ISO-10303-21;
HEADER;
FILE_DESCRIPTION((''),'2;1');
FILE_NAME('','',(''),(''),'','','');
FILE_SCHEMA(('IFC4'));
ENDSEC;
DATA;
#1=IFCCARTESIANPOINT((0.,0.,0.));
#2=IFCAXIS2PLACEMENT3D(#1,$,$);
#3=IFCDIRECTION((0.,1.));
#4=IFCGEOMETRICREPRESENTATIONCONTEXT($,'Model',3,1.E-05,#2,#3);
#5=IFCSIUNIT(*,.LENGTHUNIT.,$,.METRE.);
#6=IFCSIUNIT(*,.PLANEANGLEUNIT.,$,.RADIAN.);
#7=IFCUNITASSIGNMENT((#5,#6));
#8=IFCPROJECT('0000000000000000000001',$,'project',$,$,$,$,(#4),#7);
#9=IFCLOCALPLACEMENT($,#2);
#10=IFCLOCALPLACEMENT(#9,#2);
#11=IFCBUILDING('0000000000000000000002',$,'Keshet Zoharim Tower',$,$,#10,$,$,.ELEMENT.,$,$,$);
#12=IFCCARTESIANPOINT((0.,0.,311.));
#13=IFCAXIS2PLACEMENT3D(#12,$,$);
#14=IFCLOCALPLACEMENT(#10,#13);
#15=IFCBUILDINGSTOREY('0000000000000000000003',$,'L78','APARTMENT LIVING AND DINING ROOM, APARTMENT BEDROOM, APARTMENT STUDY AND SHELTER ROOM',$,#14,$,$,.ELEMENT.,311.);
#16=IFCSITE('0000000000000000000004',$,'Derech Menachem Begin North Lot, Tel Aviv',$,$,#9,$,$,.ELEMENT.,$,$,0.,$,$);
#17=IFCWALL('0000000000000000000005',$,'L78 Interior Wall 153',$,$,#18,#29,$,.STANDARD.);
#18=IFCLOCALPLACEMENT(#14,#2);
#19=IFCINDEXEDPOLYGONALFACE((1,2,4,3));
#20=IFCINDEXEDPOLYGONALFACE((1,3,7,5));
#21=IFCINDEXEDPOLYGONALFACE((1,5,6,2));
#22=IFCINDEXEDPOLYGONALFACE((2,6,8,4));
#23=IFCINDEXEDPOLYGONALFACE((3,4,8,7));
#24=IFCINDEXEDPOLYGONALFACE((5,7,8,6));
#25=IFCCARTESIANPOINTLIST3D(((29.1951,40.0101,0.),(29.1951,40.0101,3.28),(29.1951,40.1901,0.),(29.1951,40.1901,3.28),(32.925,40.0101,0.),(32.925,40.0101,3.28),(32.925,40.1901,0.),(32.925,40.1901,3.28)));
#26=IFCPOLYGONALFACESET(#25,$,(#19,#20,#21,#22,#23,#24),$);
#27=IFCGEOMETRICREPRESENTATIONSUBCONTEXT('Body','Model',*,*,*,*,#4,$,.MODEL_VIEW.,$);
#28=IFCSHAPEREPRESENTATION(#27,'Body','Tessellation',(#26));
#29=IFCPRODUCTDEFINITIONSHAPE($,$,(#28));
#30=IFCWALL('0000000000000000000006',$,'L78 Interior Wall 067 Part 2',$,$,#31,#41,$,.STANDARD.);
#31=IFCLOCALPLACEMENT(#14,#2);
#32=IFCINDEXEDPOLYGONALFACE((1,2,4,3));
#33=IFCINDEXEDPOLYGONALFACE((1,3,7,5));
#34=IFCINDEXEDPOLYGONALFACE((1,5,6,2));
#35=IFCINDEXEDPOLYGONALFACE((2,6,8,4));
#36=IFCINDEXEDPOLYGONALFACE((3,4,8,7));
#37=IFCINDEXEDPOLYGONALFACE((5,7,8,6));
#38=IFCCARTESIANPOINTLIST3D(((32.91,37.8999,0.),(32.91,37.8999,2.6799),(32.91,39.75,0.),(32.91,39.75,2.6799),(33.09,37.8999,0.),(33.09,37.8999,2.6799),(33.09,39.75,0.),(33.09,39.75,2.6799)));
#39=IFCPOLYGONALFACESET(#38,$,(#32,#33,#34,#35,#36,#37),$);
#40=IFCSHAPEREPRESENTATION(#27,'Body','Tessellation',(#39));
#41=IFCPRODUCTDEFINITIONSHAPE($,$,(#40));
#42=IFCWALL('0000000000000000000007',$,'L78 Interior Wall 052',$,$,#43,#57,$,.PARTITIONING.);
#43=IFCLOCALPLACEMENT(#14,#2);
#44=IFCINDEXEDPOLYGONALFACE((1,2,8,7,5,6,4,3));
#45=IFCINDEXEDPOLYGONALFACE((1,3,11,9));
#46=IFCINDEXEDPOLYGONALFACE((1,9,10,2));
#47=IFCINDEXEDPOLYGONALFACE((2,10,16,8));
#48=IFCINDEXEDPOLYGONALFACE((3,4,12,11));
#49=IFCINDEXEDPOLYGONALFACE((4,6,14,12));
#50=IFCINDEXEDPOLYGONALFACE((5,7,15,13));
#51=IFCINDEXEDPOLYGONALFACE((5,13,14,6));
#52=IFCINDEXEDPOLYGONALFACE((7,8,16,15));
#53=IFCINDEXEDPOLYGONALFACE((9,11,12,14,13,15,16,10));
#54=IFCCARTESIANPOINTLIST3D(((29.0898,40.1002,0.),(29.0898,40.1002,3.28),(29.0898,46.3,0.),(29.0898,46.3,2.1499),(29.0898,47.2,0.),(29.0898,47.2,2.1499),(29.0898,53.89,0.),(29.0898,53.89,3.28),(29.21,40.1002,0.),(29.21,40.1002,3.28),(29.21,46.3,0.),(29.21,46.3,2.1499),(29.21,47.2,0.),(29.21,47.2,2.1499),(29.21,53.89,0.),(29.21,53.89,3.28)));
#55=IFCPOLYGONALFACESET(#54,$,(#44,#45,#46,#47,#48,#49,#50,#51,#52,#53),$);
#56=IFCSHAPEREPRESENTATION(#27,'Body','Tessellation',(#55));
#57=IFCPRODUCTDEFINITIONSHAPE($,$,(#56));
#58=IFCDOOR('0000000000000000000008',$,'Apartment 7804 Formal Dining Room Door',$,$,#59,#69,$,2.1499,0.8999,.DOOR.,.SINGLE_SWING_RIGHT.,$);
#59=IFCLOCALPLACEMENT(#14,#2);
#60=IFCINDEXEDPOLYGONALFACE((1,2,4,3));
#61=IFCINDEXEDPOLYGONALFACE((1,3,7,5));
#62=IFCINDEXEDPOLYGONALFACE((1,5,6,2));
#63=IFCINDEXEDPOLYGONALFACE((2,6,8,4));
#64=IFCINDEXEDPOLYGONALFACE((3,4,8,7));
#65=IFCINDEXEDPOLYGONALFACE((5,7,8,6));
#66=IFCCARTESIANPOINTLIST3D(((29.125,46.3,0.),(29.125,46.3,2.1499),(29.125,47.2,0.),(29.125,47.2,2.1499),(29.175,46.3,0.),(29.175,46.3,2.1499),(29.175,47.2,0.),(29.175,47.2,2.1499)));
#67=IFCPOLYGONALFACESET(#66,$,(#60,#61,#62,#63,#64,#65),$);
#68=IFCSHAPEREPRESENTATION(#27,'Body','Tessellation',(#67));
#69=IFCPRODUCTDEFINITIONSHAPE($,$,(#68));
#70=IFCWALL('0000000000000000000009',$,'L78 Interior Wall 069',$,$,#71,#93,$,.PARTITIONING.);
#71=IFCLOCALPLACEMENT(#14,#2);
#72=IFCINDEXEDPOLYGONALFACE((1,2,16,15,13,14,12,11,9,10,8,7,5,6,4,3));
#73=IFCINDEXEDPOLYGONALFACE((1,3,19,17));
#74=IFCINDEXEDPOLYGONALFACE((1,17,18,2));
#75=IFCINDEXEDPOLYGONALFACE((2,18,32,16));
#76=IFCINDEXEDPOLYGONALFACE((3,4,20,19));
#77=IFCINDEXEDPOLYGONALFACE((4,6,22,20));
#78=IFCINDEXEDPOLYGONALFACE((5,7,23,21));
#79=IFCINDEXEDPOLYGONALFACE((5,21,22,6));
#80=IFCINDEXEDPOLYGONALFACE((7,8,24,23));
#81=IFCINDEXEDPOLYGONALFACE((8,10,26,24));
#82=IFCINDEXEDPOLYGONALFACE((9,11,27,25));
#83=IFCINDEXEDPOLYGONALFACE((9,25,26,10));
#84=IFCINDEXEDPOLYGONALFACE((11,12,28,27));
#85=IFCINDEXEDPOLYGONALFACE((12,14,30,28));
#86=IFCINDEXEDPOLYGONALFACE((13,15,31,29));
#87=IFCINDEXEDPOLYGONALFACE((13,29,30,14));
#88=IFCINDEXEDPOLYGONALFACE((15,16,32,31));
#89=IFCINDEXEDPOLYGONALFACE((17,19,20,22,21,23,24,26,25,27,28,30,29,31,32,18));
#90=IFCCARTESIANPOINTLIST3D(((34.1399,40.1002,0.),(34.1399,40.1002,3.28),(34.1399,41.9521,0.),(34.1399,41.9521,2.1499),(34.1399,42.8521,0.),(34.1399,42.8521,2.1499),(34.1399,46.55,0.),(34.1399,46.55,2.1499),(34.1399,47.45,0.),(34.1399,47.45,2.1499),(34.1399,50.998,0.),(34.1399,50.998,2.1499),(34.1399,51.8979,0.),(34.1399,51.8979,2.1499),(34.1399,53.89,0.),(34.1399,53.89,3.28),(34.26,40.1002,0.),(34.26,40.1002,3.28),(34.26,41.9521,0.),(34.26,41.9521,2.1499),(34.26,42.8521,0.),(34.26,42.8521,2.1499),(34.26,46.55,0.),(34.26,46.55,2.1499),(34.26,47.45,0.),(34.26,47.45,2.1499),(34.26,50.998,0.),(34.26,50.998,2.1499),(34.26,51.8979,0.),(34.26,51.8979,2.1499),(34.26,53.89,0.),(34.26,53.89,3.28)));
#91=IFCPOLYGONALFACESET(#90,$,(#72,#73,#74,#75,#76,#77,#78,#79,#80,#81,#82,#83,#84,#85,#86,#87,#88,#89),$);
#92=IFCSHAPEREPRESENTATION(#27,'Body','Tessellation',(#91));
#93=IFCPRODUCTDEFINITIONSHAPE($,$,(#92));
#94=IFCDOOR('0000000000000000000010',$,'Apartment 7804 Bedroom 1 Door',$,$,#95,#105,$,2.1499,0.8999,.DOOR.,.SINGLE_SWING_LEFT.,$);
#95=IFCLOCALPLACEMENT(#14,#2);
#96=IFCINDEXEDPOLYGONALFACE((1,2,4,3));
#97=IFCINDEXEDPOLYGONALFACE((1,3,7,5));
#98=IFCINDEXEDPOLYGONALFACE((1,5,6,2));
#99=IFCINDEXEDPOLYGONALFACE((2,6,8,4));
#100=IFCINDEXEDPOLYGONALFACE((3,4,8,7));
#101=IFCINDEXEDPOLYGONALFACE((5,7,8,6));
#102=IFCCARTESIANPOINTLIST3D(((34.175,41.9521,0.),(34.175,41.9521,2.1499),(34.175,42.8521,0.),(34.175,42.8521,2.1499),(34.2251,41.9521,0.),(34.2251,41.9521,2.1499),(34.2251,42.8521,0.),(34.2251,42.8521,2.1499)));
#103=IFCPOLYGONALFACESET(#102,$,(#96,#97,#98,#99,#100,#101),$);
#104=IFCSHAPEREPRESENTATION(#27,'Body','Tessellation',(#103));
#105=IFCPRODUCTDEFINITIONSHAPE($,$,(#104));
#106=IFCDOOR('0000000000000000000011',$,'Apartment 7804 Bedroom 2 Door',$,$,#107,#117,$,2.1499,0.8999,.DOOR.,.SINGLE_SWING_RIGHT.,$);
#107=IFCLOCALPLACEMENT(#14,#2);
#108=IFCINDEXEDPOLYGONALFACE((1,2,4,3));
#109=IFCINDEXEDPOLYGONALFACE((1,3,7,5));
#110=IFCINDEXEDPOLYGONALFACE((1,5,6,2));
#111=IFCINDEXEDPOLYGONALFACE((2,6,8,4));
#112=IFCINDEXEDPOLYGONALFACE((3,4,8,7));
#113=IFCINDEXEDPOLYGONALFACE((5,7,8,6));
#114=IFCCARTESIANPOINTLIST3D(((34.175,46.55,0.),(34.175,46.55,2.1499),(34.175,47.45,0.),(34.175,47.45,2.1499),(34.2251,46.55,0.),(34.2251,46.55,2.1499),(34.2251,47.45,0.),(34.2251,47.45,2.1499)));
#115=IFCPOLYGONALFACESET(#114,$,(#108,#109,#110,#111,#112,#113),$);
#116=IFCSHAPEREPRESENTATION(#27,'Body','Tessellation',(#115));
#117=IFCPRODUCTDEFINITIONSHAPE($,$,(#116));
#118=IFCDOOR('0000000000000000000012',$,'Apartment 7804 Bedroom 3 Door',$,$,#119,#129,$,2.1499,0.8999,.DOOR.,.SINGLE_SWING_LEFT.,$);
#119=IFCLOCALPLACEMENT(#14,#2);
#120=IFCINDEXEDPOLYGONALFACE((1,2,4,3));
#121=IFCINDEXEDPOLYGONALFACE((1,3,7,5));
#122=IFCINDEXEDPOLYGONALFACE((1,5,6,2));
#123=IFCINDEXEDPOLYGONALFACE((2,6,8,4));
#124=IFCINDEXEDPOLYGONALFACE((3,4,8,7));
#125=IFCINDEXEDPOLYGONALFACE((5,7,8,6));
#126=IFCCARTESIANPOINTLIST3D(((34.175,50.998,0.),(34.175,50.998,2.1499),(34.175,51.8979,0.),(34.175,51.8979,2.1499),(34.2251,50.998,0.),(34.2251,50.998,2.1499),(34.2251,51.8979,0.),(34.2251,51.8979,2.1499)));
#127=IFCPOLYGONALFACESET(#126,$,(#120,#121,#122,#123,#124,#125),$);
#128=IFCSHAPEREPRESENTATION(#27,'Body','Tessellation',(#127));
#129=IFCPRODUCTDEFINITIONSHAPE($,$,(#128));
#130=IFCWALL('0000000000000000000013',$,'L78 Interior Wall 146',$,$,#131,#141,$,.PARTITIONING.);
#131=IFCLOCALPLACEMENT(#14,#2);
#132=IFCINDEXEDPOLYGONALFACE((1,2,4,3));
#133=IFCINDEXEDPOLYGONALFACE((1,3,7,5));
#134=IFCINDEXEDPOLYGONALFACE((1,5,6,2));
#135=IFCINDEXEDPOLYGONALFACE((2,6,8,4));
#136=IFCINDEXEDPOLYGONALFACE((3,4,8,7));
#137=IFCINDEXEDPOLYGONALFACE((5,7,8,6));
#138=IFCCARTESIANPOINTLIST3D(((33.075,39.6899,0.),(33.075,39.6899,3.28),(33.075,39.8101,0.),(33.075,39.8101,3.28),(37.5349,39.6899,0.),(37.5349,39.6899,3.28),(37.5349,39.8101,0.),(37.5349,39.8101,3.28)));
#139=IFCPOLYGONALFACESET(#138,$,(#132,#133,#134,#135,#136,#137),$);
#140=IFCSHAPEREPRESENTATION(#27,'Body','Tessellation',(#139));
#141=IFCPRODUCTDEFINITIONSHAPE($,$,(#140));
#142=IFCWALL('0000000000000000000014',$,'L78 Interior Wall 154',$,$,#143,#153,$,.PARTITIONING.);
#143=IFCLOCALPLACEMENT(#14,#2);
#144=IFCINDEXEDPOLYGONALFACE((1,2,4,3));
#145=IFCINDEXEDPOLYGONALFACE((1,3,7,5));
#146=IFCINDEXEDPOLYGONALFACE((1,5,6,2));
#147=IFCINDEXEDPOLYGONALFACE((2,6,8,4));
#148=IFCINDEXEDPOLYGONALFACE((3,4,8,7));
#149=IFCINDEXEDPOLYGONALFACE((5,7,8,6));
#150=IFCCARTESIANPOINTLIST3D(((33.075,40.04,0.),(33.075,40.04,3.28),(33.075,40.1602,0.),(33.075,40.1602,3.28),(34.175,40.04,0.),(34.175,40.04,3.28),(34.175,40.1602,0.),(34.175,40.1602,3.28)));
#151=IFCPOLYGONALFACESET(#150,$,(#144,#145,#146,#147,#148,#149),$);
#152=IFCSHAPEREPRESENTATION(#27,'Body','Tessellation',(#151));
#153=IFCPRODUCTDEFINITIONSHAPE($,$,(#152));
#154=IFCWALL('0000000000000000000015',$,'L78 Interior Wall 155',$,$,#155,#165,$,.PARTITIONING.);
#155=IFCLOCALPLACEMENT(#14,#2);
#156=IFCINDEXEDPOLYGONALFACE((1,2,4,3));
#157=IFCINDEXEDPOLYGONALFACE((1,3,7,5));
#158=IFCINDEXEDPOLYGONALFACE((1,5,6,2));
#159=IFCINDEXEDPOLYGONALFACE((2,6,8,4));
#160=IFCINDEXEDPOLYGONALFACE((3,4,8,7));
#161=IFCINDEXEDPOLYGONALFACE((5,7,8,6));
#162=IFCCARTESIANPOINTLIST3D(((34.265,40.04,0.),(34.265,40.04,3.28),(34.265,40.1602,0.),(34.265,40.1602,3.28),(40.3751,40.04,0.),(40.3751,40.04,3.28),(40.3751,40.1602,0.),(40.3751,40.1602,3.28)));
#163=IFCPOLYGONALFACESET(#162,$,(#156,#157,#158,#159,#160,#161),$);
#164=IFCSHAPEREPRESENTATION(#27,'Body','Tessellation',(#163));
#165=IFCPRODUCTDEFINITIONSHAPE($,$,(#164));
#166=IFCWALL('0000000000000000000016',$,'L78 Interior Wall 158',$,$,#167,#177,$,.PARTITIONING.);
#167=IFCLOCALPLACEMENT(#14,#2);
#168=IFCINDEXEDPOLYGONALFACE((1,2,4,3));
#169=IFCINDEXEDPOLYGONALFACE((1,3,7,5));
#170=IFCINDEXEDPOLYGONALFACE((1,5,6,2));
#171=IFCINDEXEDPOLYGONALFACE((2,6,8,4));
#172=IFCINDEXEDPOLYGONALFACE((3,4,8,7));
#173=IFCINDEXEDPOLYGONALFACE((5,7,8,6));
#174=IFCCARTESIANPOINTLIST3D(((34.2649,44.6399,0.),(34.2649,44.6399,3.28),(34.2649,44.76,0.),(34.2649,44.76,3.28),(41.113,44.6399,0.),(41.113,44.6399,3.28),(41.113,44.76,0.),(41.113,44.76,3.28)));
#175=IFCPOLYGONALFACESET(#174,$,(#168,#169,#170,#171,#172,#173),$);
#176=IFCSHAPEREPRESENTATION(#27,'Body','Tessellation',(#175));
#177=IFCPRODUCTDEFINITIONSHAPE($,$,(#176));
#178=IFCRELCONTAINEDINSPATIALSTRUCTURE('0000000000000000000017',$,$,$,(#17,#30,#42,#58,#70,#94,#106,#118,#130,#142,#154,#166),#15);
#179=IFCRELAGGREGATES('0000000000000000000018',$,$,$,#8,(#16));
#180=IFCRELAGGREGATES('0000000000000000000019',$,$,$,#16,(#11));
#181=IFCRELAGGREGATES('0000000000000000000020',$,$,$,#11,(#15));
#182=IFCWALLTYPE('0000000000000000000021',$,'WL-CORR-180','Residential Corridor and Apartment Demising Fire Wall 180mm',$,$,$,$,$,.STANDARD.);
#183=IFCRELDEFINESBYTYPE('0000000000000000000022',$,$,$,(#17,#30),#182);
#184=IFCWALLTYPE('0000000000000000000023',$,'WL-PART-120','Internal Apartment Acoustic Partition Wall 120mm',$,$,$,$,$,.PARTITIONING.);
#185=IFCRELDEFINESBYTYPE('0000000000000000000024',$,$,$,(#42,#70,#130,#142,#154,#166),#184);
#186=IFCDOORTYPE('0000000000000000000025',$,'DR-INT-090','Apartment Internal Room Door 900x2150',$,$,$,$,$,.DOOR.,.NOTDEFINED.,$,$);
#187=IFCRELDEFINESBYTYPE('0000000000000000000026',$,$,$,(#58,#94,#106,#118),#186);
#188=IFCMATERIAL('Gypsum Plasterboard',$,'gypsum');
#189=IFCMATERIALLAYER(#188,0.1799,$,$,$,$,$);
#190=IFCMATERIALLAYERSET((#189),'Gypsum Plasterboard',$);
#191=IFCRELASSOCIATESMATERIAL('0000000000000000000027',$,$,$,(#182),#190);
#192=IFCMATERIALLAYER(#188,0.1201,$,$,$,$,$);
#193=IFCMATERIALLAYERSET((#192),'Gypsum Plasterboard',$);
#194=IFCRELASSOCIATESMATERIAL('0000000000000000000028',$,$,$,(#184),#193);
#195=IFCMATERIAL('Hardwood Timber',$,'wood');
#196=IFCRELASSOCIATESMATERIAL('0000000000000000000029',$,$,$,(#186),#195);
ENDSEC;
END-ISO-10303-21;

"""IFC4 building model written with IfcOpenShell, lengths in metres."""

from ifc_helpers import new_model, si_unit, direction, frame, frame_2d, origin, place, context, subcontext, project, spatial, rectangle, extrude, material, layer, layer_set, type_object, element, fill, save


model = new_model("IFC4")

# Units and contexts
model_context = context("Model", 3, precision=1e-05, world=origin(), true_north=direction((0.0, 1.0)))
body_context = subcontext(model_context, "Body", "Model", "MODEL_VIEW")
ifc_project = project(units=[si_unit("LENGTHUNIT", "METRE"), si_unit("PLANEANGLEUNIT", "RADIAN")], contexts=[model_context])

# Site, building, storey
site_placement = place(None, origin())
site = spatial("IfcSite", under=ifc_project, at=site_placement, Name="Derech Menachem Begin North Lot, Tel Aviv", CompositionType="ELEMENT", RefElevation=0.0)
building_placement = place(site_placement, origin())
building = spatial("IfcBuilding", under=site, at=building_placement, Name="Keshet Zoharim Tower", CompositionType="ELEMENT")
storey_placement = place(building_placement, frame((0.0, 0.0, 311.0)))
storey = spatial("IfcBuildingStorey", under=building, at=storey_placement, Name="L78", Description="APARTMENT LIVING AND DINING ROOM, APARTMENT BEDROOM, APARTMENT STUDY AND SHELTER ROOM", CompositionType="ELEMENT", Elevation=311.0)

# Walls
ifc_material_1 = material(Name="Gypsum Plasterboard", Category="gypsum")
ifc_layer_1 = layer(ifc_material_1, 0.1799)
ifc_layer_set_1 = layer_set([ifc_layer_1], Name="Gypsum Plasterboard")
wall_type_1 = type_object("IfcWallType", Name="WL-CORR-180", Description="Residential Corridor and Apartment Demising Fire Wall 180mm", PredefinedType="STANDARD", material=ifc_layer_set_1)
wall_1_placement = place(storey_placement, frame((29.1951, 40.1001, 0.0), z_axis=(0.0, 0.0, 1.0), x_axis=(1.0, 0.0, 0.0)))
element("IfcWall", 1, at=wall_1_placement, inside=storey, type_object=wall_type_1, Name="L78 Interior Wall 153", PredefinedType="STANDARD", context=body_context, shape_type="SweptSolid", body=[
    extrude(rectangle(XDim=3.73, YDim=0.1799, at=frame_2d((1.865, 0.0))), origin(), (0.0, 0.0, 1.0), 3.28),
])
wall_2_placement = place(storey_placement, frame((33.0, 37.8999, 0.0), z_axis=(0.0, 0.0, 1.0), x_axis=(0.0, 1.0, 0.0)))
element("IfcWall", 2, at=wall_2_placement, inside=storey, type_object=wall_type_1, Name="L78 Interior Wall 067 Part 2", PredefinedType="STANDARD", context=body_context, shape_type="SweptSolid", body=[
    extrude(rectangle(XDim=1.8501, YDim=0.1799, at=frame_2d((0.925, 0.0))), origin(), (0.0, 0.0, 1.0), 2.6799),
])

# Wall, opening, door
ifc_layer_2 = layer(ifc_material_1, 0.1201)
ifc_layer_set_2 = layer_set([ifc_layer_2], Name="Gypsum Plasterboard")
wall_type_2 = type_object("IfcWallType", Name="WL-PART-120", Description="Internal Apartment Acoustic Partition Wall 120mm", PredefinedType="PARTITIONING", material=ifc_layer_set_2)
wall_3_placement = place(storey_placement, frame((29.1499, 40.1001, 0.0), z_axis=(0.0, 0.0, 1.0), x_axis=(0.0, 1.0, 0.0)))
wall_3 = element("IfcWall", 3, at=wall_3_placement, inside=storey, type_object=wall_type_2, Name="L78 Interior Wall 052", PredefinedType="PARTITIONING", context=body_context, shape_type="SweptSolid", body=[
    extrude(rectangle(XDim=13.7898, YDim=0.1201, at=frame_2d((6.895, 0.0))), origin(), (0.0, 0.0, 1.0), 3.28),
])
opening_1_placement = place(wall_3_placement, frame((6.2, 0.0, 0.0)))
opening_1 = element("IfcOpeningElement", 4, at=opening_1_placement, cuts=wall_3, PredefinedType="OPENING", context=body_context, shape_type="SweptSolid", body=[
    extrude(rectangle(XDim=0.8999, YDim=2.1499, at=frame_2d((0.45, 1.075))), frame((0.0, 0.0701, 0.0), z_axis=(0.0, -1.0, 0.0), x_axis=(1.0, 0.0, 0.0)), (0.0, 0.0, 1.0), 0.1401),
])
ifc_material_2 = material(Name="Hardwood Timber", Category="wood")
door_type = type_object("IfcDoorType", Name="DR-INT-090", Description="Apartment Internal Room Door 900x2150", OperationType="NOTDEFINED", PredefinedType="DOOR", material=ifc_material_2)
door_1_placement = place(opening_1_placement, origin())
door_1 = element("IfcDoor", 5, at=door_1_placement, inside=storey, type_object=door_type, Name="Apartment 7804 Formal Dining Room Door", OperationType="SINGLE_SWING_RIGHT", OverallHeight=2.1499, OverallWidth=0.8999, PredefinedType="DOOR", context=body_context, shape_type="SweptSolid", body=[
    extrude(rectangle(XDim=0.8999, YDim=2.1499, at=frame_2d((0.45, 1.075))), frame((0.0, 0.0249, 0.0), z_axis=(0.0, -1.0, 0.0), x_axis=(1.0, 0.0, 0.0)), (0.0, 0.0, 1.0), 0.05),
])
fill(opening_1, door_1)

# Wall, openings, doors
wall_4_placement = place(storey_placement, frame((34.2, 40.1001, 0.0), z_axis=(0.0, 0.0, 1.0), x_axis=(0.0, 1.0, 0.0)))
wall_4 = element("IfcWall", 6, at=wall_4_placement, inside=storey, type_object=wall_type_2, Name="L78 Interior Wall 069", PredefinedType="PARTITIONING", context=body_context, shape_type="SweptSolid", body=[
    extrude(rectangle(XDim=13.7898, YDim=0.1201, at=frame_2d((6.895, 0.0))), origin(), (0.0, 0.0, 1.0), 3.28),
])
opening_2_placement = place(wall_4_placement, frame((1.8521, 0.0, 0.0)))
opening_2 = element("IfcOpeningElement", 7, at=opening_2_placement, cuts=wall_4, PredefinedType="OPENING", context=body_context, shape_type="SweptSolid", body=[
    extrude(rectangle(XDim=0.8999, YDim=2.1499, at=frame_2d((0.45, 1.075))), frame((0.0, 0.0701, 0.0), z_axis=(0.0, -1.0, 0.0), x_axis=(1.0, 0.0, 0.0)), (0.0, 0.0, 1.0), 0.1401),
])
opening_3_placement = place(wall_4_placement, frame((6.45, 0.0, 0.0)))
opening_3 = element("IfcOpeningElement", 8, at=opening_3_placement, cuts=wall_4, PredefinedType="OPENING", context=body_context, shape_type="SweptSolid", body=[
    extrude(rectangle(XDim=0.8999, YDim=2.1499, at=frame_2d((0.45, 1.075))), frame((0.0, 0.0701, 0.0), z_axis=(0.0, -1.0, 0.0), x_axis=(1.0, 0.0, 0.0)), (0.0, 0.0, 1.0), 0.1401),
])
opening_4_placement = place(wall_4_placement, frame((10.8979, 0.0, 0.0)))
opening_4 = element("IfcOpeningElement", 9, at=opening_4_placement, cuts=wall_4, PredefinedType="OPENING", context=body_context, shape_type="SweptSolid", body=[
    extrude(rectangle(XDim=0.8999, YDim=2.1499, at=frame_2d((0.45, 1.075))), frame((0.0, 0.0701, 0.0), z_axis=(0.0, -1.0, 0.0), x_axis=(1.0, 0.0, 0.0)), (0.0, 0.0, 1.0), 0.1401),
])
door_2_placement = place(opening_2_placement, origin())
door_2 = element("IfcDoor", 10, at=door_2_placement, inside=storey, type_object=door_type, Name="Apartment 7804 Bedroom 1 Door", OperationType="SINGLE_SWING_LEFT", OverallHeight=2.1499, OverallWidth=0.8999, PredefinedType="DOOR", context=body_context, shape_type="SweptSolid", body=[
    extrude(rectangle(XDim=0.8999, YDim=2.1499, at=frame_2d((0.45, 1.075))), frame((0.0, 0.0249, 0.0), z_axis=(0.0, -1.0, 0.0), x_axis=(1.0, 0.0, 0.0)), (0.0, 0.0, 1.0), 0.05),
])
fill(opening_2, door_2)
door_3_placement = place(opening_3_placement, origin())
door_3 = element("IfcDoor", 11, at=door_3_placement, inside=storey, type_object=door_type, Name="Apartment 7804 Bedroom 2 Door", OperationType="SINGLE_SWING_RIGHT", OverallHeight=2.1499, OverallWidth=0.8999, PredefinedType="DOOR", context=body_context, shape_type="SweptSolid", body=[
    extrude(rectangle(XDim=0.8999, YDim=2.1499, at=frame_2d((0.45, 1.075))), frame((0.0, 0.0249, 0.0), z_axis=(0.0, -1.0, 0.0), x_axis=(1.0, 0.0, 0.0)), (0.0, 0.0, 1.0), 0.05),
])
fill(opening_3, door_3)
door_4_placement = place(opening_4_placement, origin())
door_4 = element("IfcDoor", 12, at=door_4_placement, inside=storey, type_object=door_type, Name="Apartment 7804 Bedroom 3 Door", OperationType="SINGLE_SWING_LEFT", OverallHeight=2.1499, OverallWidth=0.8999, PredefinedType="DOOR", context=body_context, shape_type="SweptSolid", body=[
    extrude(rectangle(XDim=0.8999, YDim=2.1499, at=frame_2d((0.45, 1.075))), frame((0.0, 0.0249, 0.0), z_axis=(0.0, -1.0, 0.0), x_axis=(1.0, 0.0, 0.0)), (0.0, 0.0, 1.0), 0.05),
])
fill(opening_4, door_4)

# Walls
wall_5_placement = place(storey_placement, frame((33.075, 39.75, 0.0), z_axis=(0.0, 0.0, 1.0), x_axis=(1.0, 0.0, 0.0)))
element("IfcWall", 13, at=wall_5_placement, inside=storey, type_object=wall_type_2, Name="L78 Interior Wall 146", PredefinedType="PARTITIONING", context=body_context, shape_type="SweptSolid", body=[
    extrude(rectangle(XDim=4.46, YDim=0.1201, at=frame_2d((2.23, 0.0))), origin(), (0.0, 0.0, 1.0), 3.28),
])
wall_6_placement = place(storey_placement, frame((33.075, 40.1001, 0.0), z_axis=(0.0, 0.0, 1.0), x_axis=(1.0, 0.0, 0.0)))
element("IfcWall", 14, at=wall_6_placement, inside=storey, type_object=wall_type_2, Name="L78 Interior Wall 154", PredefinedType="PARTITIONING", context=body_context, shape_type="SweptSolid", body=[
    extrude(rectangle(XDim=1.1001, YDim=0.1201, at=frame_2d((0.55, 0.0))), origin(), (0.0, 0.0, 1.0), 3.28),
])
wall_7_placement = place(storey_placement, frame((34.2649, 40.1001, 0.0), z_axis=(0.0, 0.0, 1.0), x_axis=(1.0, 0.0, 0.0)))
element("IfcWall", 15, at=wall_7_placement, inside=storey, type_object=wall_type_2, Name="L78 Interior Wall 155", PredefinedType="PARTITIONING", context=body_context, shape_type="SweptSolid", body=[
    extrude(rectangle(XDim=6.1101, YDim=0.1201, at=frame_2d((3.0552, 0.0))), origin(), (0.0, 0.0, 1.0), 3.28),
])
wall_8_placement = place(storey_placement, frame((34.2649, 44.7, 0.0), z_axis=(0.0, 0.0, 1.0), x_axis=(1.0, 0.0, 0.0)))
element("IfcWall", 16, at=wall_8_placement, inside=storey, type_object=wall_type_2, Name="L78 Interior Wall 158", PredefinedType="PARTITIONING", context=body_context, shape_type="SweptSolid", body=[
    extrude(rectangle(XDim=6.8481, YDim=0.1201, at=frame_2d((3.4241, 0.0))), origin(), (0.0, 0.0, 1.0), 3.28),
])

save(model, "model.ifc")
